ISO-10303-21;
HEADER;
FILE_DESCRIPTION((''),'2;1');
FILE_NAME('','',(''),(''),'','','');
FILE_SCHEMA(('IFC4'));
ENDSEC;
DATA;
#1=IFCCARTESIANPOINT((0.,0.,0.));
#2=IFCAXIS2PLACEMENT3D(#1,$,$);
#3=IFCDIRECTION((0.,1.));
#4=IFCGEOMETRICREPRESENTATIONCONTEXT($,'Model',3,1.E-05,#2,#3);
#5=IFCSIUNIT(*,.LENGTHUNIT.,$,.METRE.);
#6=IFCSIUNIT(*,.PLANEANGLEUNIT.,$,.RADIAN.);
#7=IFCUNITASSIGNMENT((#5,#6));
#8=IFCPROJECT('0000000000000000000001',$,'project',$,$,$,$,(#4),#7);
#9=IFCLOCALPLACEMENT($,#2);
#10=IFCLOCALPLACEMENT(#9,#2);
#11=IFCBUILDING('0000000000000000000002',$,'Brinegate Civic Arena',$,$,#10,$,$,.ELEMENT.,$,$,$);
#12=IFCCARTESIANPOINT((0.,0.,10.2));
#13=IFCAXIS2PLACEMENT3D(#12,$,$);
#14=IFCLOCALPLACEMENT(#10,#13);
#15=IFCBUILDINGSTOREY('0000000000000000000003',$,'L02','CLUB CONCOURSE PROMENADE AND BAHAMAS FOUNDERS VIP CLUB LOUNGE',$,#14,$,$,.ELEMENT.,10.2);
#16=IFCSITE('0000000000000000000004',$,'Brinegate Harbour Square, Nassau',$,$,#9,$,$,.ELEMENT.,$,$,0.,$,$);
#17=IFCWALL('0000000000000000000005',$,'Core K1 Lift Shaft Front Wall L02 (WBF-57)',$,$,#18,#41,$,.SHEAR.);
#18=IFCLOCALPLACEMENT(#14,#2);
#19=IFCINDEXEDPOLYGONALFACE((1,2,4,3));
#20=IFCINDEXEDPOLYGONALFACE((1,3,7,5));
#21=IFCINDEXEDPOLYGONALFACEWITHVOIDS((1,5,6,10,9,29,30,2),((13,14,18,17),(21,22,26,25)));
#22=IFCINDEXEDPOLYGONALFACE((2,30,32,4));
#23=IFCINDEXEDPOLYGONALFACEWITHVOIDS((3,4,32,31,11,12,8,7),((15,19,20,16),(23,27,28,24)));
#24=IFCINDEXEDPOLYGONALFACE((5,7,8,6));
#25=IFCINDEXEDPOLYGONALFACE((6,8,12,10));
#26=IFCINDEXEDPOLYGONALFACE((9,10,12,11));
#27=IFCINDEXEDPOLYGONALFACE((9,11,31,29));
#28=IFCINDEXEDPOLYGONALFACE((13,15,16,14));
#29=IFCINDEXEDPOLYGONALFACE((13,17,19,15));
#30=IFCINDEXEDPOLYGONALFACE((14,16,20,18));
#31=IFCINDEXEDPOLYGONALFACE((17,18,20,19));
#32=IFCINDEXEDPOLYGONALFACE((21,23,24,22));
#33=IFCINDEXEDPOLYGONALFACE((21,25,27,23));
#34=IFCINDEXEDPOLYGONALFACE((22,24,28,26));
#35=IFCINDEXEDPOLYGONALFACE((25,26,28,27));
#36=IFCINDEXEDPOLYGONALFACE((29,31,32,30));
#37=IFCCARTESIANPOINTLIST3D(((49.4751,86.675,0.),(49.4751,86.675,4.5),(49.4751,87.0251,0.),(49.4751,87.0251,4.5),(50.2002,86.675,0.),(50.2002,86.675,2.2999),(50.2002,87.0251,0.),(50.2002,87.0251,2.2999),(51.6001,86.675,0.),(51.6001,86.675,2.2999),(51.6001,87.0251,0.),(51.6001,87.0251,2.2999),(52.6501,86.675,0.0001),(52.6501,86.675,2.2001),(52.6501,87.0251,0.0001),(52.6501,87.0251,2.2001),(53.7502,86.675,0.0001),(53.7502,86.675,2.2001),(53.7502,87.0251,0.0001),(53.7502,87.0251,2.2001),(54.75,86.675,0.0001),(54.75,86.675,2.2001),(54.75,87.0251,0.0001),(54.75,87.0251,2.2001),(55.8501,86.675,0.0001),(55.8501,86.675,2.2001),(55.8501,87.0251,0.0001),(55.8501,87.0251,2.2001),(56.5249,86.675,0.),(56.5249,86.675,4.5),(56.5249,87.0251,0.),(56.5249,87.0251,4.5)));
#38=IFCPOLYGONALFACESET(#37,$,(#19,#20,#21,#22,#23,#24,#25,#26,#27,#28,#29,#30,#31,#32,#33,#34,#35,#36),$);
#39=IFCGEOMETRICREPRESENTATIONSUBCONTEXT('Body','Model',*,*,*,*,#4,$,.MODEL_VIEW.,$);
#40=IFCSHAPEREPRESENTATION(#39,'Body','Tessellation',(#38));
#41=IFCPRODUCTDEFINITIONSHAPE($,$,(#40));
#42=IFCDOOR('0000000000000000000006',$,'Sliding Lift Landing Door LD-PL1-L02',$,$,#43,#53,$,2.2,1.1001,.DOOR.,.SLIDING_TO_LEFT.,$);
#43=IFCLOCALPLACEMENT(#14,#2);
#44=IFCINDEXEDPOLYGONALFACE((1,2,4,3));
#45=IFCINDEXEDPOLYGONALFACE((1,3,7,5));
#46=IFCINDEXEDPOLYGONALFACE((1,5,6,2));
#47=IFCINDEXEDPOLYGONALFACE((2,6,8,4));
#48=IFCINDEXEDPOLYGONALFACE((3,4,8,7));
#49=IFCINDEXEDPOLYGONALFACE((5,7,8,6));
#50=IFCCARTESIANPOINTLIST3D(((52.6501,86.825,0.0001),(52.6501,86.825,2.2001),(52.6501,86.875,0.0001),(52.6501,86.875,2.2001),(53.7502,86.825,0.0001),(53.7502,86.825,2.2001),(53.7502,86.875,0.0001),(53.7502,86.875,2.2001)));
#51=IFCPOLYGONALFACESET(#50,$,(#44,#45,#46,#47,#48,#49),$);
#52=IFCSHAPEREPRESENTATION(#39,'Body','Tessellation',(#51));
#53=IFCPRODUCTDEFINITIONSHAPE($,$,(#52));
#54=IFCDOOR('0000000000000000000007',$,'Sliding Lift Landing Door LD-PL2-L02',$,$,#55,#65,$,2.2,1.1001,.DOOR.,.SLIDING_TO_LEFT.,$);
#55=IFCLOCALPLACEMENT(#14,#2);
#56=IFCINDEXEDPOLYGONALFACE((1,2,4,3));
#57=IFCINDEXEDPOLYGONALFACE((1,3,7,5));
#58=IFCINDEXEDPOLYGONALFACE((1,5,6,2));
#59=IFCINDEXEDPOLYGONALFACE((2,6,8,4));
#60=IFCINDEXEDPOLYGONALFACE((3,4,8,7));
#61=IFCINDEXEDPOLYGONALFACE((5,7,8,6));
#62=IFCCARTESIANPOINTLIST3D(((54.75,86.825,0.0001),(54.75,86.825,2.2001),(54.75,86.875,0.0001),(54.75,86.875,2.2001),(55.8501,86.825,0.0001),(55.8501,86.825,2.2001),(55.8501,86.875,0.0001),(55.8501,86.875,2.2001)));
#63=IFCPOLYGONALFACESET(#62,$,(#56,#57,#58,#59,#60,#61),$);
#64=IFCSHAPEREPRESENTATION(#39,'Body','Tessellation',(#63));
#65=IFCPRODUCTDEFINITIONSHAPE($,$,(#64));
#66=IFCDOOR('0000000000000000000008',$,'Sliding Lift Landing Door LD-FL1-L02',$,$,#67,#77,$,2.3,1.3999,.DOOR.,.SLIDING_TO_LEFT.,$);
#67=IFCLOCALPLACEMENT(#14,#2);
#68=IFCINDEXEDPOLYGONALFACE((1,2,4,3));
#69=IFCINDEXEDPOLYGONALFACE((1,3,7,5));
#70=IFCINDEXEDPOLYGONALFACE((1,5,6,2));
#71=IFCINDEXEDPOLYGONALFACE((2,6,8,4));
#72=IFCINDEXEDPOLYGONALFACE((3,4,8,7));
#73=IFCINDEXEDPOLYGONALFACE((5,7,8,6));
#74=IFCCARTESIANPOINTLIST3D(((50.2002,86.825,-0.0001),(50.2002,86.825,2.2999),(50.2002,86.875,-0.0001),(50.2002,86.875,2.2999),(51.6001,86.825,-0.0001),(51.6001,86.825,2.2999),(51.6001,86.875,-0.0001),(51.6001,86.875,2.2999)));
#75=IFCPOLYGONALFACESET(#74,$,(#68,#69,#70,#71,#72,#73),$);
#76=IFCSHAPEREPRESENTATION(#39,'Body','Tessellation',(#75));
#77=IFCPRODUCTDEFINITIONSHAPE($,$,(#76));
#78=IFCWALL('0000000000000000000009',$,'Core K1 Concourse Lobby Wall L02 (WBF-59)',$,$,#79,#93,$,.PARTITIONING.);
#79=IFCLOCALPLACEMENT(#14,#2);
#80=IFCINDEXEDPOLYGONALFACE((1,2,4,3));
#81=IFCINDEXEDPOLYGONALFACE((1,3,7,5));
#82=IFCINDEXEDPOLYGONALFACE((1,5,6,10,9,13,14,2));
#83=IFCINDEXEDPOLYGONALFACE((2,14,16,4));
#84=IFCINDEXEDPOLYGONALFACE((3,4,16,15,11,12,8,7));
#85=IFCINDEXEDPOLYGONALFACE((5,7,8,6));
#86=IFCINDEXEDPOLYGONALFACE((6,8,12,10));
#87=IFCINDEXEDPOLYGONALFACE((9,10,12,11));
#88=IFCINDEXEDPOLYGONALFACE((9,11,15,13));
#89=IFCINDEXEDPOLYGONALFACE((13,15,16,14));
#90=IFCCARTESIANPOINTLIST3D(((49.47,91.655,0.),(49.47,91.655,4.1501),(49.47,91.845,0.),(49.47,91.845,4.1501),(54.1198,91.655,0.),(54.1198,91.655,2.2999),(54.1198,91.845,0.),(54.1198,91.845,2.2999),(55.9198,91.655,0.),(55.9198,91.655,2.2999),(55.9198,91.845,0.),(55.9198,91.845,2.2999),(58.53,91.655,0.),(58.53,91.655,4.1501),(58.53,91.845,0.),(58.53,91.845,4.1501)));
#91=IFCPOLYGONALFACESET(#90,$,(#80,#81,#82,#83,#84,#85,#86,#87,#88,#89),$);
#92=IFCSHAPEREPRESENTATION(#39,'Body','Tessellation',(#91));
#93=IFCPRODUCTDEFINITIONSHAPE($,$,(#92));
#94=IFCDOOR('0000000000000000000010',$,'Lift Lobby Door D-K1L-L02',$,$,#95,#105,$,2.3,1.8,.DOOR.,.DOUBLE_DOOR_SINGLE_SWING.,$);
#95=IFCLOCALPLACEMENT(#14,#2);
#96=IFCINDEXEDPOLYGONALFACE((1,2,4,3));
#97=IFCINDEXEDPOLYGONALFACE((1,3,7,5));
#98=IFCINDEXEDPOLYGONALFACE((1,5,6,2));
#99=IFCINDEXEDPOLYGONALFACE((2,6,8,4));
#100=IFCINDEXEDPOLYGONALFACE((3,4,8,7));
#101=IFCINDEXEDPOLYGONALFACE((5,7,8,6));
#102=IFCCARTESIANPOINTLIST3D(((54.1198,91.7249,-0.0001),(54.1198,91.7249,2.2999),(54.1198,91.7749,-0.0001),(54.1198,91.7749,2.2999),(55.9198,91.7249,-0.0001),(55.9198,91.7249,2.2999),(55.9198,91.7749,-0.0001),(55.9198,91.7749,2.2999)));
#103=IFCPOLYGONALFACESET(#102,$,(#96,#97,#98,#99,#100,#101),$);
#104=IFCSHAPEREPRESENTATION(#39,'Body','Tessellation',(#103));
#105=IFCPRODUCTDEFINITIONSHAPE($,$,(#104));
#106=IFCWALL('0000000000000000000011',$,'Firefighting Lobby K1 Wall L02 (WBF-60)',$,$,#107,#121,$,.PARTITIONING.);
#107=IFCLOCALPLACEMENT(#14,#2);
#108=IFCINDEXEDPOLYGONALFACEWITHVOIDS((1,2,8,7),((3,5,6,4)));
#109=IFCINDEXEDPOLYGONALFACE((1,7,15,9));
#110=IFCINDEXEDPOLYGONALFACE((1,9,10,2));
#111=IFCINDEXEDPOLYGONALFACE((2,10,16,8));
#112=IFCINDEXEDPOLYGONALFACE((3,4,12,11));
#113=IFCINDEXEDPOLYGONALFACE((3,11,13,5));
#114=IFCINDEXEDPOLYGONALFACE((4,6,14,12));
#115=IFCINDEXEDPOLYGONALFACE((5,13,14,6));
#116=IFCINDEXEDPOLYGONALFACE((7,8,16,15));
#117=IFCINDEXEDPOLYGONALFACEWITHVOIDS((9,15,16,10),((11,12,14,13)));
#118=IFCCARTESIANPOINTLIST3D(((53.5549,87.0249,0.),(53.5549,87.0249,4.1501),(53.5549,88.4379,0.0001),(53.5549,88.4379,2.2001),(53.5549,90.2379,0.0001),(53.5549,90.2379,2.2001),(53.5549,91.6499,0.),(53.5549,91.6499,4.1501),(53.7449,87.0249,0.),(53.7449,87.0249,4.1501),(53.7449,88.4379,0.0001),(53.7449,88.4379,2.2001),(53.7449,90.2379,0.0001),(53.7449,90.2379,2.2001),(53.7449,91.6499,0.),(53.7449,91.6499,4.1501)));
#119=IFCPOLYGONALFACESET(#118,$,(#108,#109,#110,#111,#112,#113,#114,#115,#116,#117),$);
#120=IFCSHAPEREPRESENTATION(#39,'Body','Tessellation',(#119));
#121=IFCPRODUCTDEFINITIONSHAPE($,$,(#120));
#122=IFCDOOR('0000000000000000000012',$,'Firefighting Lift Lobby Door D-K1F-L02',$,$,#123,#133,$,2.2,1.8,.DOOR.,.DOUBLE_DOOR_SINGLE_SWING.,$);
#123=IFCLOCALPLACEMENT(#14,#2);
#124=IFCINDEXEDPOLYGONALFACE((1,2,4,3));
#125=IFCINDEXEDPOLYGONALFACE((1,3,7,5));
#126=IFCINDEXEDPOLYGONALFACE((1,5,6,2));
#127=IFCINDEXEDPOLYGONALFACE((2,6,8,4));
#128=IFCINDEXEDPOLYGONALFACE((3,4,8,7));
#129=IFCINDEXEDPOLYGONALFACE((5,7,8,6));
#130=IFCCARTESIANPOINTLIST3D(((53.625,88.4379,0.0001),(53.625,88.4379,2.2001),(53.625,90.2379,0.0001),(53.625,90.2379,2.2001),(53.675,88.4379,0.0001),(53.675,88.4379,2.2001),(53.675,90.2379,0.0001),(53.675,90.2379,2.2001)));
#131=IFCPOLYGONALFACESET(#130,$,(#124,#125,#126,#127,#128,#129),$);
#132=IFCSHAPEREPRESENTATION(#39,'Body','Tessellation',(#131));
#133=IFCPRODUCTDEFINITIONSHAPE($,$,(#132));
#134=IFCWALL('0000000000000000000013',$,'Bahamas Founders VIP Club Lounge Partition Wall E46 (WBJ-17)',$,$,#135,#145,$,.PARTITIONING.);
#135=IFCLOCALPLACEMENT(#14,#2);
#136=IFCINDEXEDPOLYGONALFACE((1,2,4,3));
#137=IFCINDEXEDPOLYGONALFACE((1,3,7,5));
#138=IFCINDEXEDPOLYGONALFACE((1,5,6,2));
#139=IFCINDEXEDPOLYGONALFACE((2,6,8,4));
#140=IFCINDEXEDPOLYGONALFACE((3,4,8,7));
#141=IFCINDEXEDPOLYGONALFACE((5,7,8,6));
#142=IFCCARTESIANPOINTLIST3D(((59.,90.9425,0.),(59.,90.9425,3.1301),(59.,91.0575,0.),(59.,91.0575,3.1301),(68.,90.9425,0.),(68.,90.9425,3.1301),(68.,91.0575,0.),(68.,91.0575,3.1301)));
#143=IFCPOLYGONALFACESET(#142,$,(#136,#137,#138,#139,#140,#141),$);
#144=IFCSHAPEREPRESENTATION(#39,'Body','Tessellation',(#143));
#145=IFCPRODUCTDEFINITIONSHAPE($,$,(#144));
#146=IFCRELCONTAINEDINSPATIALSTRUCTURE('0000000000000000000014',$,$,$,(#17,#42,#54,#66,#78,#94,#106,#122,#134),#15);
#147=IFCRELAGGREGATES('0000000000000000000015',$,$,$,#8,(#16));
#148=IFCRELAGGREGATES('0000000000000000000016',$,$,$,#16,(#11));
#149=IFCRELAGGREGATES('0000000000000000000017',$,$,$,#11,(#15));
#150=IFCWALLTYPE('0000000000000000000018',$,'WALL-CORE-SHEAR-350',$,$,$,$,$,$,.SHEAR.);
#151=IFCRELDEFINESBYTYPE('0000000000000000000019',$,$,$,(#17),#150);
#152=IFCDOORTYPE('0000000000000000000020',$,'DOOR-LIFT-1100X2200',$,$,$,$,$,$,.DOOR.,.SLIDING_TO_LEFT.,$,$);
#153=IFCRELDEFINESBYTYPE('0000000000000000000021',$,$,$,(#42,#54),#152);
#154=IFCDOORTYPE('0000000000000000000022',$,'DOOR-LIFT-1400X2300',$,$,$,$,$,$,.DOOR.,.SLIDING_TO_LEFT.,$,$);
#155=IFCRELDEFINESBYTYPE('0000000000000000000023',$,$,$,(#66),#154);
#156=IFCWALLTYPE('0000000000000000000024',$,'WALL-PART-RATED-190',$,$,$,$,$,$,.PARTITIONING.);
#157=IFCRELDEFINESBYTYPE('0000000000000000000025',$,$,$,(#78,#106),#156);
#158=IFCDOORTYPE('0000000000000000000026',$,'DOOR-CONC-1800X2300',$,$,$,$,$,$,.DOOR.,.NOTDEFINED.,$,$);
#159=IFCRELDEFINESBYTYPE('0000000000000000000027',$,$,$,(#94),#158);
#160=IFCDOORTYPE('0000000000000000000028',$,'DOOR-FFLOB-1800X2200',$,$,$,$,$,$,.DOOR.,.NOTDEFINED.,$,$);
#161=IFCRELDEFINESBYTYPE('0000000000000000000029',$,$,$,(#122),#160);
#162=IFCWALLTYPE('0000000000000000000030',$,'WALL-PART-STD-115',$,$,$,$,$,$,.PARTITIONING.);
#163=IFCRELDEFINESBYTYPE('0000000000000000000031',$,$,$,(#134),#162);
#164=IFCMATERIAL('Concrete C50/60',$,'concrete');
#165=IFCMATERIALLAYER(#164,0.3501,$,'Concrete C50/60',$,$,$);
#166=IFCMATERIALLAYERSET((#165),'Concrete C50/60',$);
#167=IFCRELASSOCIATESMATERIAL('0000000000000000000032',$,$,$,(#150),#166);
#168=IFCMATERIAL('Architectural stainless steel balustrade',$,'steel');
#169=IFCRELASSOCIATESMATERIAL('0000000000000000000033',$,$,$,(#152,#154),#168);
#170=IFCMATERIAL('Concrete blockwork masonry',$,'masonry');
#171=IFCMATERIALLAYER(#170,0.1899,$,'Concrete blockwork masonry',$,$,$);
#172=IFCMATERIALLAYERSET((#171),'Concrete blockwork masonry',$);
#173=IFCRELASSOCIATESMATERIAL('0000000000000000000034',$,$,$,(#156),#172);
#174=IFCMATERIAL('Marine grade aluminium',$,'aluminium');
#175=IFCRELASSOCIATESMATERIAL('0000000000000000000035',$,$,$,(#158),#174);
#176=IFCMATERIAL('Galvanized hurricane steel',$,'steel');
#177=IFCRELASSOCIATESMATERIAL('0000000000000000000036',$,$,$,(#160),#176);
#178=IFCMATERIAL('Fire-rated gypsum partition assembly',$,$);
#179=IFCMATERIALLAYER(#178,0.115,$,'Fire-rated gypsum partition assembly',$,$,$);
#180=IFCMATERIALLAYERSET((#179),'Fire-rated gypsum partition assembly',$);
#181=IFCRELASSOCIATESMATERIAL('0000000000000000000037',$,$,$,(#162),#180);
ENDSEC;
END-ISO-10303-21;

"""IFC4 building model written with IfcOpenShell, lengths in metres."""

from ifc_helpers import new_model, si_unit, direction, frame, frame_2d, origin, place, context, subcontext, project, spatial, rectangle, extrude, material, layer, layer_set, type_object, element, fill, save


model = new_model("IFC4")

# Units and contexts
model_context = context("Model", 3, precision=1e-05, world=origin(), true_north=direction((0.0, 1.0)))
body_context = subcontext(model_context, "Body", "Model", "MODEL_VIEW")
ifc_project = project(units=[si_unit("LENGTHUNIT", "METRE"), si_unit("PLANEANGLEUNIT", "RADIAN")], contexts=[model_context])

# Site, building, storey
site_placement = place(None, origin())
site = spatial("IfcSite", under=ifc_project, at=site_placement, Name="Brinegate Harbour Square, Nassau", CompositionType="ELEMENT", RefElevation=0.0)
building_placement = place(site_placement, origin())
building = spatial("IfcBuilding", under=site, at=building_placement, Name="Brinegate Civic Arena", CompositionType="ELEMENT")
storey_placement = place(building_placement, frame((0.0, 0.0, 10.2)))
storey = spatial("IfcBuildingStorey", under=building, at=storey_placement, Name="L02", Description="CLUB CONCOURSE PROMENADE AND BAHAMAS FOUNDERS VIP CLUB LOUNGE", CompositionType="ELEMENT", Elevation=10.2)

# Shared definitions
ifc_material_1 = material(Name="Concrete C50/60", Category="concrete")

# Shared definitions
ifc_material_2 = material(Name="Marine grade aluminium", Category="aluminium")

# Wall, openings, doors
ifc_layer_1 = layer(ifc_material_1, 0.3501, Name="Concrete C50/60")
ifc_layer_set_1 = layer_set([ifc_layer_1], Name="Concrete C50/60")
wall_type_1 = type_object("IfcWallType", Name="WALL-CORE-SHEAR-350", PredefinedType="SHEAR", material=ifc_layer_set_1)
wall_1_placement = place(storey_placement, frame((49.4751, 86.8501, 0.0), z_axis=(0.0, 0.0, 1.0), x_axis=(1.0, 0.0, 0.0)))
wall_1 = element("IfcWall", 1, at=wall_1_placement, inside=storey, type_object=wall_type_1, Name="Core K1 Lift Shaft Front Wall L02 (WBF-57)", PredefinedType="SHEAR", context=body_context, shape_type="SweptSolid", body=[
    extrude(rectangle(XDim=7.0498, YDim=0.3501, at=frame_2d((3.5249, 0.0))), origin(), (0.0, 0.0, 1.0), 4.5),
])
opening_1_placement = place(wall_1_placement, frame((0.7251, 0.0, 0.0)))
opening_1 = element("IfcOpeningElement", 2, at=opening_1_placement, cuts=wall_1, PredefinedType="OPENING", context=body_context, shape_type="SweptSolid", body=[
    extrude(rectangle(XDim=1.3999, YDim=2.3, at=frame_2d((0.7, 1.1499))), frame((0.0, 0.1851, 0.0), z_axis=(0.0, -1.0, 0.0), x_axis=(1.0, 0.0, 0.0)), (0.0, 0.0, 1.0), 0.3701),
])
opening_2_placement = place(wall_1_placement, frame((3.175, 0.0, 0.0)))
opening_2 = element("IfcOpeningElement", 3, at=opening_2_placement, cuts=wall_1, PredefinedType="OPENING", context=body_context, shape_type="SweptSolid", body=[
    extrude(rectangle(XDim=1.1001, YDim=2.2, at=frame_2d((0.55, 1.1001))), frame((0.0, 0.1851, 0.0), z_axis=(0.0, -1.0, 0.0), x_axis=(1.0, 0.0, 0.0)), (0.0, 0.0, 1.0), 0.3701),
])
opening_3_placement = place(wall_1_placement, frame((5.2749, 0.0, 0.0)))
opening_3 = element("IfcOpeningElement", 4, at=opening_3_placement, cuts=wall_1, PredefinedType="OPENING", context=body_context, shape_type="SweptSolid", body=[
    extrude(rectangle(XDim=1.1001, YDim=2.2, at=frame_2d((0.55, 1.1001))), frame((0.0, 0.1851, 0.0), z_axis=(0.0, -1.0, 0.0), x_axis=(1.0, 0.0, 0.0)), (0.0, 0.0, 1.0), 0.3701),
])
ifc_material_3 = material(Name="Architectural stainless steel balustrade", Category="steel")
door_type_1 = type_object("IfcDoorType", Name="DOOR-LIFT-1100X2200", OperationType="SLIDING_TO_LEFT", PredefinedType="DOOR", material=ifc_material_3)
door_1_placement = place(opening_2_placement, origin())
door_1 = element("IfcDoor", 5, at=door_1_placement, inside=storey, type_object=door_type_1, Name="Sliding Lift Landing Door LD-PL1-L02", OperationType="SLIDING_TO_LEFT", OverallHeight=2.2, OverallWidth=1.1001, PredefinedType="DOOR", context=body_context, shape_type="SweptSolid", body=[
    extrude(rectangle(XDim=1.1001, YDim=2.2, at=frame_2d((0.55, 1.1001))), frame((0.0, 0.0249, 0.0), z_axis=(0.0, -1.0, 0.0), x_axis=(1.0, 0.0, 0.0)), (0.0, 0.0, 1.0), 0.05),
])
fill(opening_2, door_1)
door_2_placement = place(opening_3_placement, origin())
door_2 = element("IfcDoor", 6, at=door_2_placement, inside=storey, type_object=door_type_1, Name="Sliding Lift Landing Door LD-PL2-L02", OperationType="SLIDING_TO_LEFT", OverallHeight=2.2, OverallWidth=1.1001, PredefinedType="DOOR", context=body_context, shape_type="SweptSolid", body=[
    extrude(rectangle(XDim=1.1001, YDim=2.2, at=frame_2d((0.55, 1.1001))), frame((0.0, 0.0249, 0.0), z_axis=(0.0, -1.0, 0.0), x_axis=(1.0, 0.0, 0.0)), (0.0, 0.0, 1.0), 0.05),
])
fill(opening_3, door_2)
door_type_2 = type_object("IfcDoorType", Name="DOOR-LIFT-1400X2300", OperationType="SLIDING_TO_LEFT", PredefinedType="DOOR", material=ifc_material_3)
door_3_placement = place(opening_1_placement, origin())
door_3 = element("IfcDoor", 7, at=door_3_placement, inside=storey, type_object=door_type_2, Name="Sliding Lift Landing Door LD-FL1-L02", OperationType="SLIDING_TO_LEFT", OverallHeight=2.3, OverallWidth=1.3999, PredefinedType="DOOR", context=body_context, shape_type="SweptSolid", body=[
    extrude(rectangle(XDim=1.3999, YDim=2.3, at=frame_2d((0.7, 1.1499))), frame((0.0, 0.0249, 0.0), z_axis=(0.0, -1.0, 0.0), x_axis=(1.0, 0.0, 0.0)), (0.0, 0.0, 1.0), 0.05),
])
fill(opening_1, door_3)

# Walls, openings, doors
ifc_material_4 = material(Name="Concrete blockwork masonry", Category="masonry")
ifc_layer_2 = layer(ifc_material_4, 0.1899, Name="Concrete blockwork masonry")
ifc_layer_set_2 = layer_set([ifc_layer_2], Name="Concrete blockwork masonry")
wall_type_2 = type_object("IfcWallType", Name="WALL-PART-RATED-190", PredefinedType="PARTITIONING", material=ifc_layer_set_2)
wall_2_placement = place(storey_placement, frame((49.47, 91.75, 0.0), z_axis=(0.0, 0.0, 1.0), x_axis=(1.0, 0.0, 0.0)))
wall_2 = element("IfcWall", 8, at=wall_2_placement, inside=storey, type_object=wall_type_2, Name="Core K1 Concourse Lobby Wall L02 (WBF-59)", PredefinedType="PARTITIONING", context=body_context, shape_type="SweptSolid", body=[
    extrude(rectangle(XDim=9.0601, YDim=0.1899, at=frame_2d((4.53, 0.0))), origin(), (0.0, 0.0, 1.0), 4.1501),
])
opening_4_placement = place(wall_2_placement, frame((4.6499, 0.0, 0.0)))
opening_4 = element("IfcOpeningElement", 9, at=opening_4_placement, cuts=wall_2, PredefinedType="OPENING", context=body_context, shape_type="SweptSolid", body=[
    extrude(rectangle(XDim=1.8, YDim=2.3, at=frame_2d((0.8999, 1.1499))), frame((0.0, 0.105, 0.0), z_axis=(0.0, -1.0, 0.0), x_axis=(1.0, 0.0, 0.0)), (0.0, 0.0, 1.0), 0.21),
])
door_type_3 = type_object("IfcDoorType", Name="DOOR-CONC-1800X2300", OperationType="NOTDEFINED", PredefinedType="DOOR", material=ifc_material_2)
door_4_placement = place(opening_4_placement, origin())
door_4 = element("IfcDoor", 10, at=door_4_placement, inside=storey, type_object=door_type_3, Name="Lift Lobby Door D-K1L-L02", OperationType="DOUBLE_DOOR_SINGLE_SWING", OverallHeight=2.3, OverallWidth=1.8, PredefinedType="DOOR", context=body_context, shape_type="SweptSolid", body=[
    extrude(rectangle(XDim=1.8, YDim=2.3, at=frame_2d((0.8999, 1.1499))), frame((0.0, 0.0249, 0.0), z_axis=(0.0, -1.0, 0.0), x_axis=(1.0, 0.0, 0.0)), (0.0, 0.0, 1.0), 0.05),
])
fill(opening_4, door_4)
wall_3_placement = place(storey_placement, frame((53.6499, 87.0249, 0.0), z_axis=(0.0, 0.0, 1.0), x_axis=(0.0, 1.0, 0.0)))
wall_3 = element("IfcWall", 11, at=wall_3_placement, inside=storey, type_object=wall_type_2, Name="Firefighting Lobby K1 Wall L02 (WBF-60)", PredefinedType="PARTITIONING", context=body_context, shape_type="SweptSolid", body=[
    extrude(rectangle(XDim=4.625, YDim=0.1899, at=frame_2d((2.3125, 0.0))), origin(), (0.0, 0.0, 1.0), 4.1501),
])
opening_5_placement = place(wall_3_placement, frame((1.4131, 0.0, 0.0)))
opening_5 = element("IfcOpeningElement", 12, at=opening_5_placement, cuts=wall_3, PredefinedType="OPENING", context=body_context, shape_type="SweptSolid", body=[
    extrude(rectangle(XDim=1.8, YDim=2.2, at=frame_2d((0.8999, 1.1001))), frame((0.0, 0.105, 0.0), z_axis=(0.0, -1.0, 0.0), x_axis=(1.0, 0.0, 0.0)), (0.0, 0.0, 1.0), 0.21),
])
ifc_material_5 = material(Name="Galvanized hurricane steel", Category="steel")
door_type_4 = type_object("IfcDoorType", Name="DOOR-FFLOB-1800X2200", OperationType="NOTDEFINED", PredefinedType="DOOR", material=ifc_material_5)
door_5_placement = place(opening_5_placement, origin())
door_5 = element("IfcDoor", 13, at=door_5_placement, inside=storey, type_object=door_type_4, Name="Firefighting Lift Lobby Door D-K1F-L02", OperationType="DOUBLE_DOOR_SINGLE_SWING", OverallHeight=2.2, OverallWidth=1.8, PredefinedType="DOOR", context=body_context, shape_type="SweptSolid", body=[
    extrude(rectangle(XDim=1.8, YDim=2.2, at=frame_2d((0.8999, 1.1001))), frame((0.0, 0.0249, 0.0), z_axis=(0.0, -1.0, 0.0), x_axis=(1.0, 0.0, 0.0)), (0.0, 0.0, 1.0), 0.05),
])
fill(opening_5, door_5)

# Wall
ifc_material_6 = material(Name="Fire-rated gypsum partition assembly")
ifc_layer_3 = layer(ifc_material_6, 0.115, Name="Fire-rated gypsum partition assembly")
ifc_layer_set_3 = layer_set([ifc_layer_3], Name="Fire-rated gypsum partition assembly")
wall_type_3 = type_object("IfcWallType", Name="WALL-PART-STD-115", PredefinedType="PARTITIONING", material=ifc_layer_set_3)
wall_4_placement = place(storey_placement, frame((59.0, 91.0, 0.0), z_axis=(0.0, 0.0, 1.0), x_axis=(1.0, 0.0, 0.0)))
element("IfcWall", 14, at=wall_4_placement, inside=storey, type_object=wall_type_3, Name="Bahamas Founders VIP Club Lounge Partition Wall E46 (WBJ-17)", PredefinedType="PARTITIONING", context=body_context, shape_type="SweptSolid", body=[
    extrude(rectangle(XDim=9.0, YDim=0.115, at=frame_2d((4.5, 0.0))), origin(), (0.0, 0.0, 1.0), 3.1301),
])

save(model, "model.ifc")
